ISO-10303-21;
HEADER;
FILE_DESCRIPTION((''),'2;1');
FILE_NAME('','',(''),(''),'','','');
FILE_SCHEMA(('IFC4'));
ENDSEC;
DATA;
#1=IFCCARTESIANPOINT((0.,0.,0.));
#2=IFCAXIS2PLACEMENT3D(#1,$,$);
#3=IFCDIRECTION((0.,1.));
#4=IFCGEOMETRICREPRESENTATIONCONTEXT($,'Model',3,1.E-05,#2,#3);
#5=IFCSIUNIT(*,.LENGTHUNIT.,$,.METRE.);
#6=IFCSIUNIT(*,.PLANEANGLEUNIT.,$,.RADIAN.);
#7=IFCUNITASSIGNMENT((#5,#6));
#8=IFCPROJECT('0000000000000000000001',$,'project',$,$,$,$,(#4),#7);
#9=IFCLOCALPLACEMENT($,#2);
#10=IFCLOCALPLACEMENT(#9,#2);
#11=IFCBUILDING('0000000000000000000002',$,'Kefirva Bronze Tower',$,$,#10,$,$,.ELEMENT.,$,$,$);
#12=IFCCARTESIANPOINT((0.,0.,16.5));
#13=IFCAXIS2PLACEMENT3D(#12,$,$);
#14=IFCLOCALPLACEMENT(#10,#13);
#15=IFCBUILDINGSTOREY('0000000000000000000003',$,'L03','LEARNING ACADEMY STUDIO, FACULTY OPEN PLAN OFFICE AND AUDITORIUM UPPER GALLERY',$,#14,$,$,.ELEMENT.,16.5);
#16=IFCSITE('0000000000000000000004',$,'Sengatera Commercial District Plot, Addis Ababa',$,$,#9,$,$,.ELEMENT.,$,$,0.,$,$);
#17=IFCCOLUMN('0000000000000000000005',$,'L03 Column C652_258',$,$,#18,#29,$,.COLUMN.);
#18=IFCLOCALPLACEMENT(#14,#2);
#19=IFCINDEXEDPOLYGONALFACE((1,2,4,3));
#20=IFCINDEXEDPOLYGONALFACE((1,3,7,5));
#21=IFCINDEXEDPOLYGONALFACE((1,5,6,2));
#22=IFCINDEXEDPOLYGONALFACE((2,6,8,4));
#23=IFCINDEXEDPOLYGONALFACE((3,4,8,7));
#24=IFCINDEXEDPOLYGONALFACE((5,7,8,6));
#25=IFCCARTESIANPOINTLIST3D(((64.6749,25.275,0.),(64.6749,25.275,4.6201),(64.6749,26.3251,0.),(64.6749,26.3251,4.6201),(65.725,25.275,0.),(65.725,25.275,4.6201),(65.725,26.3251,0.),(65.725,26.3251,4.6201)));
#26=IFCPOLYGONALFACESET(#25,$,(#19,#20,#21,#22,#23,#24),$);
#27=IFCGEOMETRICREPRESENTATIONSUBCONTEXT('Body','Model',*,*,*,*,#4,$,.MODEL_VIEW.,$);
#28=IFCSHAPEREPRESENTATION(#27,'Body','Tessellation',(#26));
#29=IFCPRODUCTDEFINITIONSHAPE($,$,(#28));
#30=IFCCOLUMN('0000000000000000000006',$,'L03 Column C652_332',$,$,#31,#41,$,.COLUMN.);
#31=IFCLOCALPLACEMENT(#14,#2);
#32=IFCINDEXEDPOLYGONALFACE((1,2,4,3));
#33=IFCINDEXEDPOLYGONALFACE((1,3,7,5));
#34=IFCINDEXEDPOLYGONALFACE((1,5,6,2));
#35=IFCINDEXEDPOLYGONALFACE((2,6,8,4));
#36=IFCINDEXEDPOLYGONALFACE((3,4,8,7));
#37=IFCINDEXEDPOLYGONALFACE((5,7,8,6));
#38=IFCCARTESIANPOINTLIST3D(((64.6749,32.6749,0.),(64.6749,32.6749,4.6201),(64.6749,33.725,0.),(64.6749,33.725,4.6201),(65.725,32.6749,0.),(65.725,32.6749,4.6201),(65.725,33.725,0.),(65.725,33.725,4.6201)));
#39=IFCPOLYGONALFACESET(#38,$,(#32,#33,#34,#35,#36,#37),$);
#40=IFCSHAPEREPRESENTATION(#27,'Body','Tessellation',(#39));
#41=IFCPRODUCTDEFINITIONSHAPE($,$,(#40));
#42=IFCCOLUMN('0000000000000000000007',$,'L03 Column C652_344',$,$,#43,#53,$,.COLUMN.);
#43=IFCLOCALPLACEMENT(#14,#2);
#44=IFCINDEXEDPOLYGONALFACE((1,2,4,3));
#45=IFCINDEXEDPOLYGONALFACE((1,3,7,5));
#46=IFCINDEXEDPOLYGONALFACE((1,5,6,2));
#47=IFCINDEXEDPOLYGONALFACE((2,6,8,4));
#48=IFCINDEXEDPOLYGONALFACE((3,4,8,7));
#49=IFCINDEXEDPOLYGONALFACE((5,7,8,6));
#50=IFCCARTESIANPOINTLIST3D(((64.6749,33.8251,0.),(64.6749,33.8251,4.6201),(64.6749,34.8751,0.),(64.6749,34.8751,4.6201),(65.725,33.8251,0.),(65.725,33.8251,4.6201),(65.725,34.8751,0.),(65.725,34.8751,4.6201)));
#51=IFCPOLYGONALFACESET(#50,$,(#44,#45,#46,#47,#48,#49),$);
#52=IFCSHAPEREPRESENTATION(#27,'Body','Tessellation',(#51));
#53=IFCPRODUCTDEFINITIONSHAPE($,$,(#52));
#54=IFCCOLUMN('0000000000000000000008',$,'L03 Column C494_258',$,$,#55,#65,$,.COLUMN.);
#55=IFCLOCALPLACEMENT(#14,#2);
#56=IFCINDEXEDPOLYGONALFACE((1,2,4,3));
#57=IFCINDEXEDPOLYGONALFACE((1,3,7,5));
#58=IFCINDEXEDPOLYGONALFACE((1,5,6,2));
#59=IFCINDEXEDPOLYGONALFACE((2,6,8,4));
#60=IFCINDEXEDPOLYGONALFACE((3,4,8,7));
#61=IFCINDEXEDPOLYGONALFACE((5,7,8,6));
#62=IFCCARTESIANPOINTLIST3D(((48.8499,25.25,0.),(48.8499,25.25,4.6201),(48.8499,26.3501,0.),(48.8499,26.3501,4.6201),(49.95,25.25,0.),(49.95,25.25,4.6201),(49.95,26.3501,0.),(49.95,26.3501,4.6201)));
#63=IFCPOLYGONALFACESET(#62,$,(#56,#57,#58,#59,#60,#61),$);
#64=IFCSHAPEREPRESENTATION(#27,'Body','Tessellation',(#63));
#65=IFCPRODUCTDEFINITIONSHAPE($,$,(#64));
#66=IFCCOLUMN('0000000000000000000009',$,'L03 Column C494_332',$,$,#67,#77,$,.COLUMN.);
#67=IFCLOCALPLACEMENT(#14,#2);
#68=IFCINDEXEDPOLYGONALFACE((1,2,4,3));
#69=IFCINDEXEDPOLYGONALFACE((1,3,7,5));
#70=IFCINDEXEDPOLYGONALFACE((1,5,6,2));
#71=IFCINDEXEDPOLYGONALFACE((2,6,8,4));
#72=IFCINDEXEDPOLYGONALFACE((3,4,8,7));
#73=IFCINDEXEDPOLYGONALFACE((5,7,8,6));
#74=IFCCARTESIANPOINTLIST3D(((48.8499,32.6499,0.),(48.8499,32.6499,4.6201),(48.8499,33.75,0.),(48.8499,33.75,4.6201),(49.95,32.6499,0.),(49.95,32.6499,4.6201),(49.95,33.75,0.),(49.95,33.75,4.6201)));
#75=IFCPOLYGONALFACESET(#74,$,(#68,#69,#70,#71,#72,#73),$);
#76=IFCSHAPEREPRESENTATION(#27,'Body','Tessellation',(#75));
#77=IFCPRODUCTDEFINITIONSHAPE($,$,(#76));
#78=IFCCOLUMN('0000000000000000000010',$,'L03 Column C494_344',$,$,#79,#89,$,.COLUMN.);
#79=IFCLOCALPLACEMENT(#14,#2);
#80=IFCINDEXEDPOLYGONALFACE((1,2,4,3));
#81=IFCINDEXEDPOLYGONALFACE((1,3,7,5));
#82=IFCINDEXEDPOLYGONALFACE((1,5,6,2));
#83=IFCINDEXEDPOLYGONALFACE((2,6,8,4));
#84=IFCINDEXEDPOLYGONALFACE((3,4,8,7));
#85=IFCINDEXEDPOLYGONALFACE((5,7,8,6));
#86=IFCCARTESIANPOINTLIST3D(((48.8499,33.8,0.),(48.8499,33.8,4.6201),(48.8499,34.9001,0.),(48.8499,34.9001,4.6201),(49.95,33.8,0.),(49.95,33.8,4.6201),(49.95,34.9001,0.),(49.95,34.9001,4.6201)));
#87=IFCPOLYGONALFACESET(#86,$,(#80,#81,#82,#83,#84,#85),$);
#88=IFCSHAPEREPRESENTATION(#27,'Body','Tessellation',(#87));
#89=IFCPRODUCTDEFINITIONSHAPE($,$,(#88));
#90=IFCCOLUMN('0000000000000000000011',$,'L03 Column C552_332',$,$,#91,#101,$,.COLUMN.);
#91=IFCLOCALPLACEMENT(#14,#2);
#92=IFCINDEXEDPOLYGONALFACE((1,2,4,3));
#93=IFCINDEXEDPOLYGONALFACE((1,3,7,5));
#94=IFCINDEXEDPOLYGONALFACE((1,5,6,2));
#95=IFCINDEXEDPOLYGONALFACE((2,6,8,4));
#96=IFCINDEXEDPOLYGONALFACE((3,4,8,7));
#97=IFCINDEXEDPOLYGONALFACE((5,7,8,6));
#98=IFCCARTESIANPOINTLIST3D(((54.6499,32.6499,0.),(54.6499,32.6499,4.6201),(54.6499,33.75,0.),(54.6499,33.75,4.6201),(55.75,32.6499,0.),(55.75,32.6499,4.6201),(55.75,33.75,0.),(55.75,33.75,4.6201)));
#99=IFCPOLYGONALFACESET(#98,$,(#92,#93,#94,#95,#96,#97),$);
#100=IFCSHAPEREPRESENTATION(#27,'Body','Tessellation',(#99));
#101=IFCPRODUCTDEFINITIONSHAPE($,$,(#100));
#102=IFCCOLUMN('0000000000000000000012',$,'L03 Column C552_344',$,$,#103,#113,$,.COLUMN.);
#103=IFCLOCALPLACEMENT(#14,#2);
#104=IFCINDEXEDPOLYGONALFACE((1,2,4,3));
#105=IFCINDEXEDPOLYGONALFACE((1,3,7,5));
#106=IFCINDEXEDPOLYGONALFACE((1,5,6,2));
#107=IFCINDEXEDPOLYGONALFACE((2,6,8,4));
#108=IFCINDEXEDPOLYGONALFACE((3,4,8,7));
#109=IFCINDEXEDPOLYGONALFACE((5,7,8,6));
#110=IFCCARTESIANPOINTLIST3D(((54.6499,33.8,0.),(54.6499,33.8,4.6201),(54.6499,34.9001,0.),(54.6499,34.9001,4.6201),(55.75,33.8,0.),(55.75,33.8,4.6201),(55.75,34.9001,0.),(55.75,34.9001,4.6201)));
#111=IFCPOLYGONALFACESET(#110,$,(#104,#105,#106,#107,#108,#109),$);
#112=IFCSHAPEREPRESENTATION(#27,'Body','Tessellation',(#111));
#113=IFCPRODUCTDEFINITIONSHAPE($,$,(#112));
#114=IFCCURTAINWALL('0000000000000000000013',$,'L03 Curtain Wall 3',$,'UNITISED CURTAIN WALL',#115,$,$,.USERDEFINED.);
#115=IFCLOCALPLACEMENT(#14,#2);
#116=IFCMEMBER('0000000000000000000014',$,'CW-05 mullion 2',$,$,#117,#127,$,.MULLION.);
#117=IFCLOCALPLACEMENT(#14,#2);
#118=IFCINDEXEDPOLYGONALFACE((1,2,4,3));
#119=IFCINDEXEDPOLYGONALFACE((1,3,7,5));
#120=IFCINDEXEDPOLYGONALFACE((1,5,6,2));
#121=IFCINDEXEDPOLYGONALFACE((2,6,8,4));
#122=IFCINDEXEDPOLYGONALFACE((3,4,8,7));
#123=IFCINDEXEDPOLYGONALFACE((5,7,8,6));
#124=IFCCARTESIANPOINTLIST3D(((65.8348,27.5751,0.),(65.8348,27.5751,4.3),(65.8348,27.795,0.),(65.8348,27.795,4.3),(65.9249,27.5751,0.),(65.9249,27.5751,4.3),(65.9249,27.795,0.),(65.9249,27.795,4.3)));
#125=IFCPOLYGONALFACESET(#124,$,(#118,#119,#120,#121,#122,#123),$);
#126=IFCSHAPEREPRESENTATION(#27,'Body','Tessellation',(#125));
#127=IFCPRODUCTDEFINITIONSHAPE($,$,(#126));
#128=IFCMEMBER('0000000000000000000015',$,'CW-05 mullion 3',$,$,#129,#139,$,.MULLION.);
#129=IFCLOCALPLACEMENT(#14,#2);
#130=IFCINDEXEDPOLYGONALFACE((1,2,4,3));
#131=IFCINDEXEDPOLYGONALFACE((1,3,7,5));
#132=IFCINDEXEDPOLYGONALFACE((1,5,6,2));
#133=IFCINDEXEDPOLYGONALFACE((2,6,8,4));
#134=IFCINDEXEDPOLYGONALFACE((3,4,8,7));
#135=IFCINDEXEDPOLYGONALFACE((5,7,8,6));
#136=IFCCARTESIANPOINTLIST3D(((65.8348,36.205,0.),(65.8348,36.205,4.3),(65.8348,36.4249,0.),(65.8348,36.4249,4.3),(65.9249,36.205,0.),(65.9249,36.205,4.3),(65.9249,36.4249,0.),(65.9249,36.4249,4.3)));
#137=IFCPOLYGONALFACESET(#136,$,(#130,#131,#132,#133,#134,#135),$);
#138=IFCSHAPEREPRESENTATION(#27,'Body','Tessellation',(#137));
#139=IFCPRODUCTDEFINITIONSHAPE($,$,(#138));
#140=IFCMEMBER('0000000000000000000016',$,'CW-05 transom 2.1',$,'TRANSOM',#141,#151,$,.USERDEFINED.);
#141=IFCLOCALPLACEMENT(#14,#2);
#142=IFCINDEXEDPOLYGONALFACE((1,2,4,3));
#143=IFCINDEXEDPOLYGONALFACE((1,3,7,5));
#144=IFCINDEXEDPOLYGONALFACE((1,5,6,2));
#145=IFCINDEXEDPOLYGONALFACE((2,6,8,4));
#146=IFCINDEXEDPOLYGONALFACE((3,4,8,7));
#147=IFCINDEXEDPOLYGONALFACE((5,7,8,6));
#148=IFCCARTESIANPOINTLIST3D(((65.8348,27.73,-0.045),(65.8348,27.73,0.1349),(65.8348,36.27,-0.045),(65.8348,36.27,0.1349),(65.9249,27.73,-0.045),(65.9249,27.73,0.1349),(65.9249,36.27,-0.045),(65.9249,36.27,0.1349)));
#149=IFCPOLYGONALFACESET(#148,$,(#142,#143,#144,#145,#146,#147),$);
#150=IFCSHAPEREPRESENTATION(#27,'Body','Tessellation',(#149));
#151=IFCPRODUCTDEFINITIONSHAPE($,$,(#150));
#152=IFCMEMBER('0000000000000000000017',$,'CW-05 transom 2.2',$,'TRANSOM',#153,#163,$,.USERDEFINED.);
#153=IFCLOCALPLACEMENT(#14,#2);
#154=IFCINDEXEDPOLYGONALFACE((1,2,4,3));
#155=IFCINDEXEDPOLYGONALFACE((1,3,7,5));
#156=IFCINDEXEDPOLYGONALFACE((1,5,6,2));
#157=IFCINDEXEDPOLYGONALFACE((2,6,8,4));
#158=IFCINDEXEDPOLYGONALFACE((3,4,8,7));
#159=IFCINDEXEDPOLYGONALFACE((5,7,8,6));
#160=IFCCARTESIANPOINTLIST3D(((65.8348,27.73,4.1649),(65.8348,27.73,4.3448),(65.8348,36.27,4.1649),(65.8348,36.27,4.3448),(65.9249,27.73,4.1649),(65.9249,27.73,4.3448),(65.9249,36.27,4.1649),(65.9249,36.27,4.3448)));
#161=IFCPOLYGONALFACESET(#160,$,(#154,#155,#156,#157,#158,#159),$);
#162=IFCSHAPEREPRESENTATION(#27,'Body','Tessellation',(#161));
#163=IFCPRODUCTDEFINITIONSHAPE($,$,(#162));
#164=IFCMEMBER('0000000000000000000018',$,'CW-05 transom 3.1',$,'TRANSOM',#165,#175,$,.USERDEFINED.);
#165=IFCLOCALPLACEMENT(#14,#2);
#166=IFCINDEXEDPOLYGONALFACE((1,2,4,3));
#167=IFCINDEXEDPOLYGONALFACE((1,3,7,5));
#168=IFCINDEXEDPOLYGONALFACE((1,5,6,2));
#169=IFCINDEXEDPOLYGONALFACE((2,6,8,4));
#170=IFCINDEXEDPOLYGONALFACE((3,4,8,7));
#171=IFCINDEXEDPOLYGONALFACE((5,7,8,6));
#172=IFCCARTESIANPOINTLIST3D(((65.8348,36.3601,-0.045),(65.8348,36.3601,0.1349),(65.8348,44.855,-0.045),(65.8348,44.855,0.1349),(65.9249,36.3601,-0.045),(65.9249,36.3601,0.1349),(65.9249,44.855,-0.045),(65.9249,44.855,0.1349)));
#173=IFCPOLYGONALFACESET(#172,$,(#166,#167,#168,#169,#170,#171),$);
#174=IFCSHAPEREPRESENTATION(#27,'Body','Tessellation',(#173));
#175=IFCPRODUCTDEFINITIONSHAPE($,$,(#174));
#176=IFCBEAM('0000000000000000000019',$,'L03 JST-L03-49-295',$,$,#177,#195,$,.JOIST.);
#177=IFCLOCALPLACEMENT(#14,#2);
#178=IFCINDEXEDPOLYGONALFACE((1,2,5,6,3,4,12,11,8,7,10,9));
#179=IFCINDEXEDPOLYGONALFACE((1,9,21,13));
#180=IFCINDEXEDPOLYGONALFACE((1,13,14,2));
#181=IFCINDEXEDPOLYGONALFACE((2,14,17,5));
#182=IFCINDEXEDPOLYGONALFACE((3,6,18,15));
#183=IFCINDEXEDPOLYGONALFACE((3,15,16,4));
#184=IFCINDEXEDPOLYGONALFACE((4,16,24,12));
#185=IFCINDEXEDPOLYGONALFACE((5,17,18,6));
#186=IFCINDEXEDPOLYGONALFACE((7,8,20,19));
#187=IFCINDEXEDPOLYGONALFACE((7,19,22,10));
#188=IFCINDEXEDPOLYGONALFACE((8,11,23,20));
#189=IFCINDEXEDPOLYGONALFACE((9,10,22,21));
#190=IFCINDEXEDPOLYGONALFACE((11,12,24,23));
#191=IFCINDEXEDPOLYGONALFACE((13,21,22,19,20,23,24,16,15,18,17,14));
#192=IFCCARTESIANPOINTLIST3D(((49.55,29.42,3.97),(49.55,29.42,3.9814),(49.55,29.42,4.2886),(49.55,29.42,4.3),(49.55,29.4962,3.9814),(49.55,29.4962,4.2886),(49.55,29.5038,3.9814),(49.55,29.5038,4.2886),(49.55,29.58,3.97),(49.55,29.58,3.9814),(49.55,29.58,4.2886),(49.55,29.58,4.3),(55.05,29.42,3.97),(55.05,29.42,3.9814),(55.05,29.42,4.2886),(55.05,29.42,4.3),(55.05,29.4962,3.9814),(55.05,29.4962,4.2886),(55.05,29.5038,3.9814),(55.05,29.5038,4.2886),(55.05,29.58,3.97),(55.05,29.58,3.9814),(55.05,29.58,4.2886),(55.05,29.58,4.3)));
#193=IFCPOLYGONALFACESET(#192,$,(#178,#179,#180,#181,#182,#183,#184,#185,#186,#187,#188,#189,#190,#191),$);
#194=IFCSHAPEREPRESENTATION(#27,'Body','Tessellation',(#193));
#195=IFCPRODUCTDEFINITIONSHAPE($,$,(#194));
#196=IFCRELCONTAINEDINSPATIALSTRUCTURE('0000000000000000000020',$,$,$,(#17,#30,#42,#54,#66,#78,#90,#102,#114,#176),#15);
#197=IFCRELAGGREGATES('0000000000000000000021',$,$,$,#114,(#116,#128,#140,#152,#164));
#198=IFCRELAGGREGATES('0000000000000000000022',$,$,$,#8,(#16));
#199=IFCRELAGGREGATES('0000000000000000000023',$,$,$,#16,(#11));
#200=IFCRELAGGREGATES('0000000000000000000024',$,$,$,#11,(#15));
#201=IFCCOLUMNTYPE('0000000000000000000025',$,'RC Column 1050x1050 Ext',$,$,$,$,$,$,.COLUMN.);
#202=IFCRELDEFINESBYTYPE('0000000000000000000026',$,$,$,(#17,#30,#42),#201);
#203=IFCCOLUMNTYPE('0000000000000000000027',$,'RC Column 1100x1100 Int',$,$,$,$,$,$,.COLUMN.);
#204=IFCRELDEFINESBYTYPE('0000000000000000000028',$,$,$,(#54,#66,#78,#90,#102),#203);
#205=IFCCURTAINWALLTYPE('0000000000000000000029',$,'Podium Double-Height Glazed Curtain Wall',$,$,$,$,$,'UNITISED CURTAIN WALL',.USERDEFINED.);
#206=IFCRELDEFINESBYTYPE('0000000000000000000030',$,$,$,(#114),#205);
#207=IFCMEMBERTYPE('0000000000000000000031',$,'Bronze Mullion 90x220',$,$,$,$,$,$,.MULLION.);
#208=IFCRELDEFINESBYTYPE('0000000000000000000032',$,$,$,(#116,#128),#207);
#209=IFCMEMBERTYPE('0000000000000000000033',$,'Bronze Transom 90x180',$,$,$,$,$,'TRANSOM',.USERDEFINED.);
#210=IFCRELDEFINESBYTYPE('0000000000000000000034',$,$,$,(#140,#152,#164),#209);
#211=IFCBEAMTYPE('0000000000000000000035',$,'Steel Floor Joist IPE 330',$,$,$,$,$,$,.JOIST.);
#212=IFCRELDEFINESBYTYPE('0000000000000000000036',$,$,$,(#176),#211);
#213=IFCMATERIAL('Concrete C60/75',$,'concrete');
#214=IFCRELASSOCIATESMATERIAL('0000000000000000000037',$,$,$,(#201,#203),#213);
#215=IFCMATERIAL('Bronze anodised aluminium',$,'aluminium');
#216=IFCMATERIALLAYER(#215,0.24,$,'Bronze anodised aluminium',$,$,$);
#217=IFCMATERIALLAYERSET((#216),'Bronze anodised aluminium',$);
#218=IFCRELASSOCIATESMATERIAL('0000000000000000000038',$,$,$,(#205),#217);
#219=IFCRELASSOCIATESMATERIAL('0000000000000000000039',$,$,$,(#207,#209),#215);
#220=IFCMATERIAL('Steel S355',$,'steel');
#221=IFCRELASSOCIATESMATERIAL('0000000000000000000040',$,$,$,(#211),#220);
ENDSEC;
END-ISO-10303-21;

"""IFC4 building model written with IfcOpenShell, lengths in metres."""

from ifc_helpers import new_model, si_unit, direction, frame, origin, origin_2d, place, context, subcontext, project, spatial, rectangle, i_section, extrude, material, layer, layer_set, material_profile, profile_set, type_object, element, aggregate, save


model = new_model("IFC4")

# Units and contexts
model_context = context("Model", 3, precision=1e-05, world=origin(), true_north=direction((0.0, 1.0)))
body_context = subcontext(model_context, "Body", "Model", "MODEL_VIEW")
ifc_project = project(units=[si_unit("LENGTHUNIT", "METRE"), si_unit("PLANEANGLEUNIT", "RADIAN")], contexts=[model_context])

# Site, building, storey
site_placement = place(None, origin())
site = spatial("IfcSite", under=ifc_project, at=site_placement, Name="Sengatera Commercial District Plot, Addis Ababa", CompositionType="ELEMENT", RefElevation=0.0)
building_placement = place(site_placement, origin())
building = spatial("IfcBuilding", under=site, at=building_placement, Name="Kefirva Bronze Tower", CompositionType="ELEMENT")
storey_placement = place(building_placement, frame((0.0, 0.0, 16.5)))
storey = spatial("IfcBuildingStorey", under=building, at=storey_placement, Name="L03", Description="LEARNING ACADEMY STUDIO, FACULTY OPEN PLAN OFFICE AND AUDITORIUM UPPER GALLERY", CompositionType="ELEMENT", Elevation=16.5)

# Columns
ifc_material_1 = material(Name="Concrete C60/75", Category="concrete")
ifc_material_profile_1 = material_profile(ifc_material_1, rectangle(XDim=1.05, YDim=1.05, at=origin_2d()), Name="RC 1050x1050")
ifc_profile_set_1 = profile_set([ifc_material_profile_1], Name="Concrete C60/75")
column_type_1 = type_object("IfcColumnType", Name="RC Column 1050x1050 Ext", PredefinedType="COLUMN", material=ifc_profile_set_1)
for number, where, z_axis, x_axis, name in (
    (1, (65.2, 25.8, 0.0), (0.0, 0.0, 1.0), (1.0, 0.0, 0.0), "L03 Column C652_258"),
    (2, (65.2, 33.2, 0.0), (0.0, 0.0, 1.0), (1.0, 0.0, 0.0), "L03 Column C652_332"),
    (3, (65.2, 34.3501, 0.0), (0.0, 0.0, 1.0), (1.0, 0.0, 0.0), "L03 Column C652_344"),
):
    element("IfcColumn", number, at=place(storey_placement, frame(where, z_axis=z_axis, x_axis=x_axis)), inside=storey, type_object=column_type_1, Name=name, PredefinedType="COLUMN", context=body_context, shape_type="SweptSolid", body=[
        extrude(rectangle(XDim=1.05, YDim=1.05, at=origin_2d()), origin(), (0.0, 0.0, 1.0), 4.6201),
    ])
ifc_material_profile_2 = material_profile(ifc_material_1, rectangle(XDim=1.1001, YDim=1.1001, at=origin_2d()), Name="RC 1100x1100")
ifc_profile_set_2 = profile_set([ifc_material_profile_2], Name="Concrete C60/75")
column_type_2 = type_object("IfcColumnType", Name="RC Column 1100x1100 Int", PredefinedType="COLUMN", material=ifc_profile_set_2)
for number, where, z_axis, x_axis, name in (
    (4, (49.3999, 25.8, 0.0), (0.0, 0.0, 1.0), (1.0, 0.0, 0.0), "L03 Column C494_258"),
    (5, (49.3999, 33.2, 0.0), (0.0, 0.0, 1.0), (1.0, 0.0, 0.0), "L03 Column C494_332"),
    (6, (49.3999, 34.3501, 0.0), (0.0, 0.0, 1.0), (1.0, 0.0, 0.0), "L03 Column C494_344"),
    (7, (55.2, 33.2, 0.0), (0.0, 0.0, 1.0), (1.0, 0.0, 0.0), "L03 Column C552_332"),
    (8, (55.2, 34.3501, 0.0), (0.0, 0.0, 1.0), (1.0, 0.0, 0.0), "L03 Column C552_344"),
):
    element("IfcColumn", number, at=place(storey_placement, frame(where, z_axis=z_axis, x_axis=x_axis)), inside=storey, type_object=column_type_2, Name=name, PredefinedType="COLUMN", context=body_context, shape_type="SweptSolid", body=[
        extrude(rectangle(XDim=1.1001, YDim=1.1001, at=origin_2d()), origin(), (0.0, 0.0, 1.0), 4.6201),
    ])

# Curtain wall, members
ifc_material_2 = material(Name="Bronze anodised aluminium", Category="aluminium")
ifc_layer_1 = layer(ifc_material_2, 0.24, Name="Bronze anodised aluminium")
ifc_layer_set_1 = layer_set([ifc_layer_1], Name="Bronze anodised aluminium")
curtain_wall_type = type_object("IfcCurtainWallType", Name="Podium Double-Height Glazed Curtain Wall", ElementType="UNITISED CURTAIN WALL", PredefinedType="USERDEFINED", material=ifc_layer_set_1)
curtain_wall_placement = place(storey_placement, origin())
curtain_wall = element("IfcCurtainWall", 9, at=curtain_wall_placement, inside=storey, type_object=curtain_wall_type, Name="L03 Curtain Wall 3", ObjectType="UNITISED CURTAIN WALL", PredefinedType="USERDEFINED")
ifc_material_profile_3 = material_profile(ifc_material_2, rectangle(XDim=0.0901, YDim=0.22, at=origin_2d()), Name="ALU 90x220")
ifc_profile_set_3 = profile_set([ifc_material_profile_3], Name="Bronze anodised aluminium")
member_type_1 = type_object("IfcMemberType", Name="Bronze Mullion 90x220", PredefinedType="MULLION", material=ifc_profile_set_3)
member_1_placement = place(storey_placement, frame((65.8799, 27.6851, 0.0), z_axis=(0.0, 0.0, 1.0), x_axis=(-1.0, 0.0, 0.0)))
member_1 = element("IfcMember", 10, at=member_1_placement, type_object=member_type_1, Name="CW-05 mullion 2", PredefinedType="MULLION", context=body_context, shape_type="SweptSolid", body=[
    extrude(rectangle(XDim=0.0901, YDim=0.22, at=origin_2d()), origin(), (0.0, 0.0, 1.0), 4.3),
])
member_2_placement = place(storey_placement, frame((65.8799, 36.3149, 0.0), z_axis=(0.0, 0.0, 1.0), x_axis=(-1.0, 0.0, 0.0)))
member_2 = element("IfcMember", 11, at=member_2_placement, type_object=member_type_1, Name="CW-05 mullion 3", PredefinedType="MULLION", context=body_context, shape_type="SweptSolid", body=[
    extrude(rectangle(XDim=0.0901, YDim=0.22, at=origin_2d()), origin(), (0.0, 0.0, 1.0), 4.3),
])
ifc_material_profile_4 = material_profile(ifc_material_2, rectangle(XDim=0.0901, YDim=0.1799, at=origin_2d()), Name="ALU 90x180")
ifc_profile_set_4 = profile_set([ifc_material_profile_4], Name="Bronze anodised aluminium")
member_type_2 = type_object("IfcMemberType", Name="Bronze Transom 90x180", ElementType="TRANSOM", PredefinedType="USERDEFINED", material=ifc_profile_set_4)
member_3_placement = place(storey_placement, frame((65.8799, 27.73, 0.0449), z_axis=(0.0, 1.0, 0.0), x_axis=(-1.0, 0.0, 0.0)))
member_3 = element("IfcMember", 12, at=member_3_placement, type_object=member_type_2, Name="CW-05 transom 2.1", ObjectType="TRANSOM", PredefinedType="USERDEFINED", context=body_context, shape_type="SweptSolid", body=[
    extrude(rectangle(XDim=0.0901, YDim=0.1799, at=origin_2d()), origin(), (0.0, 0.0, 1.0), 8.54),
])
member_4_placement = place(storey_placement, frame((65.8799, 27.73, 4.2549), z_axis=(0.0, 1.0, 0.0), x_axis=(-1.0, 0.0, 0.0)))
member_4 = element("IfcMember", 13, at=member_4_placement, type_object=member_type_2, Name="CW-05 transom 2.2", ObjectType="TRANSOM", PredefinedType="USERDEFINED", context=body_context, shape_type="SweptSolid", body=[
    extrude(rectangle(XDim=0.0901, YDim=0.1799, at=origin_2d()), origin(), (0.0, 0.0, 1.0), 8.54),
])
member_5_placement = place(storey_placement, frame((65.8799, 36.3601, 0.0449), z_axis=(0.0, 1.0, 0.0), x_axis=(-1.0, 0.0, 0.0)))
member_5 = element("IfcMember", 14, at=member_5_placement, type_object=member_type_2, Name="CW-05 transom 3.1", ObjectType="TRANSOM", PredefinedType="USERDEFINED", context=body_context, shape_type="SweptSolid", body=[
    extrude(rectangle(XDim=0.0901, YDim=0.1799, at=origin_2d()), origin(), (0.0, 0.0, 1.0), 8.4949),
])

# Beam
ifc_material_3 = material(Name="Steel S355", Category="steel")
ifc_material_profile_5 = material_profile(ifc_material_3, i_section(OverallWidth=0.1599, OverallDepth=0.3301, WebThickness=0.0076, FlangeThickness=0.0115, at=origin_2d()), Name="IPE 330")
ifc_profile_set_5 = profile_set([ifc_material_profile_5], Name="Steel S355")
beam_type_1 = type_object("IfcBeamType", Name="Steel Floor Joist IPE 330", PredefinedType="JOIST", material=ifc_profile_set_5)
beam_1_placement = place(storey_placement, frame((49.55, 29.5, 4.135), z_axis=(1.0, 0.0, 0.0), x_axis=(0.0, 1.0, 0.0)))
element("IfcBeam", 15, at=beam_1_placement, inside=storey, type_object=beam_type_1, Name="L03 JST-L03-49-295", PredefinedType="JOIST", context=body_context, shape_type="SweptSolid", body=[
    extrude(i_section(OverallWidth=0.1599, OverallDepth=0.3301, WebThickness=0.0076, FlangeThickness=0.0115, at=origin_2d()), origin(), (0.0, 0.0, 1.0), 5.5),
])

aggregate(curtain_wall, [member_1, member_2, member_3, member_4, member_5])

save(model, "model.ifc")
